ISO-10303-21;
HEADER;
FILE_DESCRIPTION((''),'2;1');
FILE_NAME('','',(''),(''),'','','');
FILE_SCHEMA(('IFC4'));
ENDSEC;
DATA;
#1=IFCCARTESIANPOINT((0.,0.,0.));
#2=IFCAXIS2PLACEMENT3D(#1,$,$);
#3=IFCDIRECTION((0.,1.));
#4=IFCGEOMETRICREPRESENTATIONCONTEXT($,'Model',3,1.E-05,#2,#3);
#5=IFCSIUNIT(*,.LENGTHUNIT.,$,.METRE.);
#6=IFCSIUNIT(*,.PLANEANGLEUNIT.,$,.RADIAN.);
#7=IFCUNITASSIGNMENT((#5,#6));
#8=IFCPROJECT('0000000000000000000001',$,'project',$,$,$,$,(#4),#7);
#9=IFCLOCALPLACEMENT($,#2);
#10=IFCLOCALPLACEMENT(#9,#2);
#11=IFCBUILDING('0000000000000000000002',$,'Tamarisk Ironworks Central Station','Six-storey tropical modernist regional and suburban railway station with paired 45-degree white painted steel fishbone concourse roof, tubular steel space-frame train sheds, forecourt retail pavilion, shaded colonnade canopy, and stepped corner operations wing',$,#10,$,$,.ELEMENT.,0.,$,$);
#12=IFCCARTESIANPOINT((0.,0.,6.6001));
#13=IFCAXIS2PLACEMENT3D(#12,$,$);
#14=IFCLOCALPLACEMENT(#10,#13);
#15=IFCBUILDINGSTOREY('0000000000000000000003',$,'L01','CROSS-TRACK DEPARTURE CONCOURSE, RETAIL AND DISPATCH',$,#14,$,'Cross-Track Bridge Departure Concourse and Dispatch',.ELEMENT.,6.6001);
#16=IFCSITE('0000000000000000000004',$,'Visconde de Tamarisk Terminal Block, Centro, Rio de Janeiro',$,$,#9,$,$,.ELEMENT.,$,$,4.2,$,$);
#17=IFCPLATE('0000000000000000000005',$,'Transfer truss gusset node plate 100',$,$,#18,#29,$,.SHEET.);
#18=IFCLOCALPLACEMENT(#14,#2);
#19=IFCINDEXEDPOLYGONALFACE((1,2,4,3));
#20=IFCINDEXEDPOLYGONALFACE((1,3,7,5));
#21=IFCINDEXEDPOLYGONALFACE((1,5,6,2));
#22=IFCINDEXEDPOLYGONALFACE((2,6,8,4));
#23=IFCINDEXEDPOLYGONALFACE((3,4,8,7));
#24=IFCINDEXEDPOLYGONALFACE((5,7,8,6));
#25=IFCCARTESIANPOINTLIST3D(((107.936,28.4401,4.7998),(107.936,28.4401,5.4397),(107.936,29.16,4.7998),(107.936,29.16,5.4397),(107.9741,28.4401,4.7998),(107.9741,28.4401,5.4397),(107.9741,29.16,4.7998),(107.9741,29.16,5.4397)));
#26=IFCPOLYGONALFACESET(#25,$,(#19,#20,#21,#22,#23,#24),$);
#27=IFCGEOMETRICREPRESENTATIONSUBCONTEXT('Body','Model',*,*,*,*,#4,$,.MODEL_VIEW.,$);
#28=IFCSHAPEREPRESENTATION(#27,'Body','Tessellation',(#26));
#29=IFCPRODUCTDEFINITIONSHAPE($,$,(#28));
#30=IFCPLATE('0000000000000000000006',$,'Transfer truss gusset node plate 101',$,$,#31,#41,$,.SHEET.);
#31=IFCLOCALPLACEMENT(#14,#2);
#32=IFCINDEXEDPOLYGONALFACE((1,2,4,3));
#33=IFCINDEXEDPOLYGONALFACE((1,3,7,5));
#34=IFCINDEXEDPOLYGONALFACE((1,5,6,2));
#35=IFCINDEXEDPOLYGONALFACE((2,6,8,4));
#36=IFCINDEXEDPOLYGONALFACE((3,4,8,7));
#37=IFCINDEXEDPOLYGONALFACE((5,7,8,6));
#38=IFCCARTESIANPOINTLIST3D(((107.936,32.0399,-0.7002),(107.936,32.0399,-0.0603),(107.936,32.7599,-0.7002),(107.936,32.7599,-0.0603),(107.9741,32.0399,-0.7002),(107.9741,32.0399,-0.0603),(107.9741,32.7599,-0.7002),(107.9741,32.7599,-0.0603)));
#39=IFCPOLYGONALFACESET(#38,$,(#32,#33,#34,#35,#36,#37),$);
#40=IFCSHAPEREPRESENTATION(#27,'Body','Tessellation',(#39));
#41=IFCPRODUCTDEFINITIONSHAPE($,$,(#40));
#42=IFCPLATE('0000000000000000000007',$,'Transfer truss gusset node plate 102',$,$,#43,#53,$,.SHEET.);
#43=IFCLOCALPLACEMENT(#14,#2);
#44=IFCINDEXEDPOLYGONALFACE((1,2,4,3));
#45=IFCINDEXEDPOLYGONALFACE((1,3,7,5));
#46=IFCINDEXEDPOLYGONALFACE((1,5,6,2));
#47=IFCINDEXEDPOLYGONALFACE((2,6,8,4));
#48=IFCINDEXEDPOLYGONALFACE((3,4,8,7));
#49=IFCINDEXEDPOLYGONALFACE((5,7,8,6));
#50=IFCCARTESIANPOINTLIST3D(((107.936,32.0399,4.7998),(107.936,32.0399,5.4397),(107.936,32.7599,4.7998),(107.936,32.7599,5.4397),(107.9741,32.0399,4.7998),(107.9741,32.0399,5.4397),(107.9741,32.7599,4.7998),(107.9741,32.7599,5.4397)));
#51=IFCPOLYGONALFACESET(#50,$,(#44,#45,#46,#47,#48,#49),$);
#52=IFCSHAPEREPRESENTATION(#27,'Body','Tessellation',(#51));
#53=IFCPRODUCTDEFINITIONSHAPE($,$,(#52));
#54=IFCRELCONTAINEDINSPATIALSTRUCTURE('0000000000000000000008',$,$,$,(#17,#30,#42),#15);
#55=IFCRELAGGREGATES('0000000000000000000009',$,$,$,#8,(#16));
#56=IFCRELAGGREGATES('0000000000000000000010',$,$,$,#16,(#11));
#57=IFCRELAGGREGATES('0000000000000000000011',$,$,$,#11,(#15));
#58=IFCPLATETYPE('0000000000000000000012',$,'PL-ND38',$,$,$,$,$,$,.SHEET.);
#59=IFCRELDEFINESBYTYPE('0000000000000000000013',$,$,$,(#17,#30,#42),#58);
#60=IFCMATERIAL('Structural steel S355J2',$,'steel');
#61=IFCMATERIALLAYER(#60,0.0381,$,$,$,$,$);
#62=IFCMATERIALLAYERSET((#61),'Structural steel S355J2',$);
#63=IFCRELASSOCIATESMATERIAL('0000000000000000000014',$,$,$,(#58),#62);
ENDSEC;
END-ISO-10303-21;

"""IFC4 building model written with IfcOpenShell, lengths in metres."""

from ifc_helpers import new_model, si_unit, direction, frame, origin, origin_2d, place, context, subcontext, project, spatial, rectangle, extrude, material, layer, layer_set, type_object, element, save


model = new_model("IFC4")

# Units and contexts
model_context = context("Model", 3, precision=1e-05, world=origin(), true_north=direction((0.0, 1.0)))
body_context = subcontext(model_context, "Body", "Model", "MODEL_VIEW")
ifc_project = project(units=[si_unit("LENGTHUNIT", "METRE"), si_unit("PLANEANGLEUNIT", "RADIAN")], contexts=[model_context])

# Site, building, storey
site_placement = place(None, origin())
site = spatial("IfcSite", under=ifc_project, at=site_placement, Name="Visconde de Tamarisk Terminal Block, Centro, Rio de Janeiro", CompositionType="ELEMENT", RefElevation=4.2)
building_placement = place(site_placement, origin())
building = spatial("IfcBuilding", under=site, at=building_placement, Name="Tamarisk Ironworks Central Station", Description="Six-storey tropical modernist regional and suburban railway station with paired 45-degree white painted steel fishbone concourse roof, tubular steel space-frame train sheds, forecourt retail pavilion, shaded colonnade canopy, and stepped corner operations wing", CompositionType="ELEMENT", ElevationOfRefHeight=0.0)
storey_placement = place(building_placement, frame((0.0, 0.0, 6.6001)))
storey = spatial("IfcBuildingStorey", under=building, at=storey_placement, Name="L01", Description="CROSS-TRACK DEPARTURE CONCOURSE, RETAIL AND DISPATCH", LongName="Cross-Track Bridge Departure Concourse and Dispatch", CompositionType="ELEMENT", Elevation=6.6001)

# Shared definitions
ifc_material_1 = material(Name="Structural steel S355J2", Category="steel")

# Plates
ifc_layer_1 = layer(ifc_material_1, 0.0381)
ifc_layer_set_1 = layer_set([ifc_layer_1], Name="Structural steel S355J2")
plate_type_1 = type_object("IfcPlateType", Name="PL-ND38", PredefinedType="SHEET", material=ifc_layer_set_1)
for number, where, z_axis, x_axis, name in (
    (1, (107.9551, 28.8, 4.7998), (0.0, 0.0, 1.0), (1.0, 0.0, 0.0), "Transfer truss gusset node plate 100"),
    (2, (107.9551, 32.3999, -0.7002), (0.0, 0.0, 1.0), (1.0, 0.0, 0.0), "Transfer truss gusset node plate 101"),
    (3, (107.9551, 32.3999, 4.7998), (0.0, 0.0, 1.0), (1.0, 0.0, 0.0), "Transfer truss gusset node plate 102"),
):
    element("IfcPlate", number, at=place(storey_placement, frame(where, z_axis=z_axis, x_axis=x_axis)), inside=storey, type_object=plate_type_1, Name=name, PredefinedType="SHEET", context=body_context, shape_type="SweptSolid", body=[
        extrude(rectangle(XDim=0.0381, YDim=0.72, at=origin_2d()), origin(), (0.0, 0.0, 1.0), 0.6399),
    ])

save(model, "model.ifc")
